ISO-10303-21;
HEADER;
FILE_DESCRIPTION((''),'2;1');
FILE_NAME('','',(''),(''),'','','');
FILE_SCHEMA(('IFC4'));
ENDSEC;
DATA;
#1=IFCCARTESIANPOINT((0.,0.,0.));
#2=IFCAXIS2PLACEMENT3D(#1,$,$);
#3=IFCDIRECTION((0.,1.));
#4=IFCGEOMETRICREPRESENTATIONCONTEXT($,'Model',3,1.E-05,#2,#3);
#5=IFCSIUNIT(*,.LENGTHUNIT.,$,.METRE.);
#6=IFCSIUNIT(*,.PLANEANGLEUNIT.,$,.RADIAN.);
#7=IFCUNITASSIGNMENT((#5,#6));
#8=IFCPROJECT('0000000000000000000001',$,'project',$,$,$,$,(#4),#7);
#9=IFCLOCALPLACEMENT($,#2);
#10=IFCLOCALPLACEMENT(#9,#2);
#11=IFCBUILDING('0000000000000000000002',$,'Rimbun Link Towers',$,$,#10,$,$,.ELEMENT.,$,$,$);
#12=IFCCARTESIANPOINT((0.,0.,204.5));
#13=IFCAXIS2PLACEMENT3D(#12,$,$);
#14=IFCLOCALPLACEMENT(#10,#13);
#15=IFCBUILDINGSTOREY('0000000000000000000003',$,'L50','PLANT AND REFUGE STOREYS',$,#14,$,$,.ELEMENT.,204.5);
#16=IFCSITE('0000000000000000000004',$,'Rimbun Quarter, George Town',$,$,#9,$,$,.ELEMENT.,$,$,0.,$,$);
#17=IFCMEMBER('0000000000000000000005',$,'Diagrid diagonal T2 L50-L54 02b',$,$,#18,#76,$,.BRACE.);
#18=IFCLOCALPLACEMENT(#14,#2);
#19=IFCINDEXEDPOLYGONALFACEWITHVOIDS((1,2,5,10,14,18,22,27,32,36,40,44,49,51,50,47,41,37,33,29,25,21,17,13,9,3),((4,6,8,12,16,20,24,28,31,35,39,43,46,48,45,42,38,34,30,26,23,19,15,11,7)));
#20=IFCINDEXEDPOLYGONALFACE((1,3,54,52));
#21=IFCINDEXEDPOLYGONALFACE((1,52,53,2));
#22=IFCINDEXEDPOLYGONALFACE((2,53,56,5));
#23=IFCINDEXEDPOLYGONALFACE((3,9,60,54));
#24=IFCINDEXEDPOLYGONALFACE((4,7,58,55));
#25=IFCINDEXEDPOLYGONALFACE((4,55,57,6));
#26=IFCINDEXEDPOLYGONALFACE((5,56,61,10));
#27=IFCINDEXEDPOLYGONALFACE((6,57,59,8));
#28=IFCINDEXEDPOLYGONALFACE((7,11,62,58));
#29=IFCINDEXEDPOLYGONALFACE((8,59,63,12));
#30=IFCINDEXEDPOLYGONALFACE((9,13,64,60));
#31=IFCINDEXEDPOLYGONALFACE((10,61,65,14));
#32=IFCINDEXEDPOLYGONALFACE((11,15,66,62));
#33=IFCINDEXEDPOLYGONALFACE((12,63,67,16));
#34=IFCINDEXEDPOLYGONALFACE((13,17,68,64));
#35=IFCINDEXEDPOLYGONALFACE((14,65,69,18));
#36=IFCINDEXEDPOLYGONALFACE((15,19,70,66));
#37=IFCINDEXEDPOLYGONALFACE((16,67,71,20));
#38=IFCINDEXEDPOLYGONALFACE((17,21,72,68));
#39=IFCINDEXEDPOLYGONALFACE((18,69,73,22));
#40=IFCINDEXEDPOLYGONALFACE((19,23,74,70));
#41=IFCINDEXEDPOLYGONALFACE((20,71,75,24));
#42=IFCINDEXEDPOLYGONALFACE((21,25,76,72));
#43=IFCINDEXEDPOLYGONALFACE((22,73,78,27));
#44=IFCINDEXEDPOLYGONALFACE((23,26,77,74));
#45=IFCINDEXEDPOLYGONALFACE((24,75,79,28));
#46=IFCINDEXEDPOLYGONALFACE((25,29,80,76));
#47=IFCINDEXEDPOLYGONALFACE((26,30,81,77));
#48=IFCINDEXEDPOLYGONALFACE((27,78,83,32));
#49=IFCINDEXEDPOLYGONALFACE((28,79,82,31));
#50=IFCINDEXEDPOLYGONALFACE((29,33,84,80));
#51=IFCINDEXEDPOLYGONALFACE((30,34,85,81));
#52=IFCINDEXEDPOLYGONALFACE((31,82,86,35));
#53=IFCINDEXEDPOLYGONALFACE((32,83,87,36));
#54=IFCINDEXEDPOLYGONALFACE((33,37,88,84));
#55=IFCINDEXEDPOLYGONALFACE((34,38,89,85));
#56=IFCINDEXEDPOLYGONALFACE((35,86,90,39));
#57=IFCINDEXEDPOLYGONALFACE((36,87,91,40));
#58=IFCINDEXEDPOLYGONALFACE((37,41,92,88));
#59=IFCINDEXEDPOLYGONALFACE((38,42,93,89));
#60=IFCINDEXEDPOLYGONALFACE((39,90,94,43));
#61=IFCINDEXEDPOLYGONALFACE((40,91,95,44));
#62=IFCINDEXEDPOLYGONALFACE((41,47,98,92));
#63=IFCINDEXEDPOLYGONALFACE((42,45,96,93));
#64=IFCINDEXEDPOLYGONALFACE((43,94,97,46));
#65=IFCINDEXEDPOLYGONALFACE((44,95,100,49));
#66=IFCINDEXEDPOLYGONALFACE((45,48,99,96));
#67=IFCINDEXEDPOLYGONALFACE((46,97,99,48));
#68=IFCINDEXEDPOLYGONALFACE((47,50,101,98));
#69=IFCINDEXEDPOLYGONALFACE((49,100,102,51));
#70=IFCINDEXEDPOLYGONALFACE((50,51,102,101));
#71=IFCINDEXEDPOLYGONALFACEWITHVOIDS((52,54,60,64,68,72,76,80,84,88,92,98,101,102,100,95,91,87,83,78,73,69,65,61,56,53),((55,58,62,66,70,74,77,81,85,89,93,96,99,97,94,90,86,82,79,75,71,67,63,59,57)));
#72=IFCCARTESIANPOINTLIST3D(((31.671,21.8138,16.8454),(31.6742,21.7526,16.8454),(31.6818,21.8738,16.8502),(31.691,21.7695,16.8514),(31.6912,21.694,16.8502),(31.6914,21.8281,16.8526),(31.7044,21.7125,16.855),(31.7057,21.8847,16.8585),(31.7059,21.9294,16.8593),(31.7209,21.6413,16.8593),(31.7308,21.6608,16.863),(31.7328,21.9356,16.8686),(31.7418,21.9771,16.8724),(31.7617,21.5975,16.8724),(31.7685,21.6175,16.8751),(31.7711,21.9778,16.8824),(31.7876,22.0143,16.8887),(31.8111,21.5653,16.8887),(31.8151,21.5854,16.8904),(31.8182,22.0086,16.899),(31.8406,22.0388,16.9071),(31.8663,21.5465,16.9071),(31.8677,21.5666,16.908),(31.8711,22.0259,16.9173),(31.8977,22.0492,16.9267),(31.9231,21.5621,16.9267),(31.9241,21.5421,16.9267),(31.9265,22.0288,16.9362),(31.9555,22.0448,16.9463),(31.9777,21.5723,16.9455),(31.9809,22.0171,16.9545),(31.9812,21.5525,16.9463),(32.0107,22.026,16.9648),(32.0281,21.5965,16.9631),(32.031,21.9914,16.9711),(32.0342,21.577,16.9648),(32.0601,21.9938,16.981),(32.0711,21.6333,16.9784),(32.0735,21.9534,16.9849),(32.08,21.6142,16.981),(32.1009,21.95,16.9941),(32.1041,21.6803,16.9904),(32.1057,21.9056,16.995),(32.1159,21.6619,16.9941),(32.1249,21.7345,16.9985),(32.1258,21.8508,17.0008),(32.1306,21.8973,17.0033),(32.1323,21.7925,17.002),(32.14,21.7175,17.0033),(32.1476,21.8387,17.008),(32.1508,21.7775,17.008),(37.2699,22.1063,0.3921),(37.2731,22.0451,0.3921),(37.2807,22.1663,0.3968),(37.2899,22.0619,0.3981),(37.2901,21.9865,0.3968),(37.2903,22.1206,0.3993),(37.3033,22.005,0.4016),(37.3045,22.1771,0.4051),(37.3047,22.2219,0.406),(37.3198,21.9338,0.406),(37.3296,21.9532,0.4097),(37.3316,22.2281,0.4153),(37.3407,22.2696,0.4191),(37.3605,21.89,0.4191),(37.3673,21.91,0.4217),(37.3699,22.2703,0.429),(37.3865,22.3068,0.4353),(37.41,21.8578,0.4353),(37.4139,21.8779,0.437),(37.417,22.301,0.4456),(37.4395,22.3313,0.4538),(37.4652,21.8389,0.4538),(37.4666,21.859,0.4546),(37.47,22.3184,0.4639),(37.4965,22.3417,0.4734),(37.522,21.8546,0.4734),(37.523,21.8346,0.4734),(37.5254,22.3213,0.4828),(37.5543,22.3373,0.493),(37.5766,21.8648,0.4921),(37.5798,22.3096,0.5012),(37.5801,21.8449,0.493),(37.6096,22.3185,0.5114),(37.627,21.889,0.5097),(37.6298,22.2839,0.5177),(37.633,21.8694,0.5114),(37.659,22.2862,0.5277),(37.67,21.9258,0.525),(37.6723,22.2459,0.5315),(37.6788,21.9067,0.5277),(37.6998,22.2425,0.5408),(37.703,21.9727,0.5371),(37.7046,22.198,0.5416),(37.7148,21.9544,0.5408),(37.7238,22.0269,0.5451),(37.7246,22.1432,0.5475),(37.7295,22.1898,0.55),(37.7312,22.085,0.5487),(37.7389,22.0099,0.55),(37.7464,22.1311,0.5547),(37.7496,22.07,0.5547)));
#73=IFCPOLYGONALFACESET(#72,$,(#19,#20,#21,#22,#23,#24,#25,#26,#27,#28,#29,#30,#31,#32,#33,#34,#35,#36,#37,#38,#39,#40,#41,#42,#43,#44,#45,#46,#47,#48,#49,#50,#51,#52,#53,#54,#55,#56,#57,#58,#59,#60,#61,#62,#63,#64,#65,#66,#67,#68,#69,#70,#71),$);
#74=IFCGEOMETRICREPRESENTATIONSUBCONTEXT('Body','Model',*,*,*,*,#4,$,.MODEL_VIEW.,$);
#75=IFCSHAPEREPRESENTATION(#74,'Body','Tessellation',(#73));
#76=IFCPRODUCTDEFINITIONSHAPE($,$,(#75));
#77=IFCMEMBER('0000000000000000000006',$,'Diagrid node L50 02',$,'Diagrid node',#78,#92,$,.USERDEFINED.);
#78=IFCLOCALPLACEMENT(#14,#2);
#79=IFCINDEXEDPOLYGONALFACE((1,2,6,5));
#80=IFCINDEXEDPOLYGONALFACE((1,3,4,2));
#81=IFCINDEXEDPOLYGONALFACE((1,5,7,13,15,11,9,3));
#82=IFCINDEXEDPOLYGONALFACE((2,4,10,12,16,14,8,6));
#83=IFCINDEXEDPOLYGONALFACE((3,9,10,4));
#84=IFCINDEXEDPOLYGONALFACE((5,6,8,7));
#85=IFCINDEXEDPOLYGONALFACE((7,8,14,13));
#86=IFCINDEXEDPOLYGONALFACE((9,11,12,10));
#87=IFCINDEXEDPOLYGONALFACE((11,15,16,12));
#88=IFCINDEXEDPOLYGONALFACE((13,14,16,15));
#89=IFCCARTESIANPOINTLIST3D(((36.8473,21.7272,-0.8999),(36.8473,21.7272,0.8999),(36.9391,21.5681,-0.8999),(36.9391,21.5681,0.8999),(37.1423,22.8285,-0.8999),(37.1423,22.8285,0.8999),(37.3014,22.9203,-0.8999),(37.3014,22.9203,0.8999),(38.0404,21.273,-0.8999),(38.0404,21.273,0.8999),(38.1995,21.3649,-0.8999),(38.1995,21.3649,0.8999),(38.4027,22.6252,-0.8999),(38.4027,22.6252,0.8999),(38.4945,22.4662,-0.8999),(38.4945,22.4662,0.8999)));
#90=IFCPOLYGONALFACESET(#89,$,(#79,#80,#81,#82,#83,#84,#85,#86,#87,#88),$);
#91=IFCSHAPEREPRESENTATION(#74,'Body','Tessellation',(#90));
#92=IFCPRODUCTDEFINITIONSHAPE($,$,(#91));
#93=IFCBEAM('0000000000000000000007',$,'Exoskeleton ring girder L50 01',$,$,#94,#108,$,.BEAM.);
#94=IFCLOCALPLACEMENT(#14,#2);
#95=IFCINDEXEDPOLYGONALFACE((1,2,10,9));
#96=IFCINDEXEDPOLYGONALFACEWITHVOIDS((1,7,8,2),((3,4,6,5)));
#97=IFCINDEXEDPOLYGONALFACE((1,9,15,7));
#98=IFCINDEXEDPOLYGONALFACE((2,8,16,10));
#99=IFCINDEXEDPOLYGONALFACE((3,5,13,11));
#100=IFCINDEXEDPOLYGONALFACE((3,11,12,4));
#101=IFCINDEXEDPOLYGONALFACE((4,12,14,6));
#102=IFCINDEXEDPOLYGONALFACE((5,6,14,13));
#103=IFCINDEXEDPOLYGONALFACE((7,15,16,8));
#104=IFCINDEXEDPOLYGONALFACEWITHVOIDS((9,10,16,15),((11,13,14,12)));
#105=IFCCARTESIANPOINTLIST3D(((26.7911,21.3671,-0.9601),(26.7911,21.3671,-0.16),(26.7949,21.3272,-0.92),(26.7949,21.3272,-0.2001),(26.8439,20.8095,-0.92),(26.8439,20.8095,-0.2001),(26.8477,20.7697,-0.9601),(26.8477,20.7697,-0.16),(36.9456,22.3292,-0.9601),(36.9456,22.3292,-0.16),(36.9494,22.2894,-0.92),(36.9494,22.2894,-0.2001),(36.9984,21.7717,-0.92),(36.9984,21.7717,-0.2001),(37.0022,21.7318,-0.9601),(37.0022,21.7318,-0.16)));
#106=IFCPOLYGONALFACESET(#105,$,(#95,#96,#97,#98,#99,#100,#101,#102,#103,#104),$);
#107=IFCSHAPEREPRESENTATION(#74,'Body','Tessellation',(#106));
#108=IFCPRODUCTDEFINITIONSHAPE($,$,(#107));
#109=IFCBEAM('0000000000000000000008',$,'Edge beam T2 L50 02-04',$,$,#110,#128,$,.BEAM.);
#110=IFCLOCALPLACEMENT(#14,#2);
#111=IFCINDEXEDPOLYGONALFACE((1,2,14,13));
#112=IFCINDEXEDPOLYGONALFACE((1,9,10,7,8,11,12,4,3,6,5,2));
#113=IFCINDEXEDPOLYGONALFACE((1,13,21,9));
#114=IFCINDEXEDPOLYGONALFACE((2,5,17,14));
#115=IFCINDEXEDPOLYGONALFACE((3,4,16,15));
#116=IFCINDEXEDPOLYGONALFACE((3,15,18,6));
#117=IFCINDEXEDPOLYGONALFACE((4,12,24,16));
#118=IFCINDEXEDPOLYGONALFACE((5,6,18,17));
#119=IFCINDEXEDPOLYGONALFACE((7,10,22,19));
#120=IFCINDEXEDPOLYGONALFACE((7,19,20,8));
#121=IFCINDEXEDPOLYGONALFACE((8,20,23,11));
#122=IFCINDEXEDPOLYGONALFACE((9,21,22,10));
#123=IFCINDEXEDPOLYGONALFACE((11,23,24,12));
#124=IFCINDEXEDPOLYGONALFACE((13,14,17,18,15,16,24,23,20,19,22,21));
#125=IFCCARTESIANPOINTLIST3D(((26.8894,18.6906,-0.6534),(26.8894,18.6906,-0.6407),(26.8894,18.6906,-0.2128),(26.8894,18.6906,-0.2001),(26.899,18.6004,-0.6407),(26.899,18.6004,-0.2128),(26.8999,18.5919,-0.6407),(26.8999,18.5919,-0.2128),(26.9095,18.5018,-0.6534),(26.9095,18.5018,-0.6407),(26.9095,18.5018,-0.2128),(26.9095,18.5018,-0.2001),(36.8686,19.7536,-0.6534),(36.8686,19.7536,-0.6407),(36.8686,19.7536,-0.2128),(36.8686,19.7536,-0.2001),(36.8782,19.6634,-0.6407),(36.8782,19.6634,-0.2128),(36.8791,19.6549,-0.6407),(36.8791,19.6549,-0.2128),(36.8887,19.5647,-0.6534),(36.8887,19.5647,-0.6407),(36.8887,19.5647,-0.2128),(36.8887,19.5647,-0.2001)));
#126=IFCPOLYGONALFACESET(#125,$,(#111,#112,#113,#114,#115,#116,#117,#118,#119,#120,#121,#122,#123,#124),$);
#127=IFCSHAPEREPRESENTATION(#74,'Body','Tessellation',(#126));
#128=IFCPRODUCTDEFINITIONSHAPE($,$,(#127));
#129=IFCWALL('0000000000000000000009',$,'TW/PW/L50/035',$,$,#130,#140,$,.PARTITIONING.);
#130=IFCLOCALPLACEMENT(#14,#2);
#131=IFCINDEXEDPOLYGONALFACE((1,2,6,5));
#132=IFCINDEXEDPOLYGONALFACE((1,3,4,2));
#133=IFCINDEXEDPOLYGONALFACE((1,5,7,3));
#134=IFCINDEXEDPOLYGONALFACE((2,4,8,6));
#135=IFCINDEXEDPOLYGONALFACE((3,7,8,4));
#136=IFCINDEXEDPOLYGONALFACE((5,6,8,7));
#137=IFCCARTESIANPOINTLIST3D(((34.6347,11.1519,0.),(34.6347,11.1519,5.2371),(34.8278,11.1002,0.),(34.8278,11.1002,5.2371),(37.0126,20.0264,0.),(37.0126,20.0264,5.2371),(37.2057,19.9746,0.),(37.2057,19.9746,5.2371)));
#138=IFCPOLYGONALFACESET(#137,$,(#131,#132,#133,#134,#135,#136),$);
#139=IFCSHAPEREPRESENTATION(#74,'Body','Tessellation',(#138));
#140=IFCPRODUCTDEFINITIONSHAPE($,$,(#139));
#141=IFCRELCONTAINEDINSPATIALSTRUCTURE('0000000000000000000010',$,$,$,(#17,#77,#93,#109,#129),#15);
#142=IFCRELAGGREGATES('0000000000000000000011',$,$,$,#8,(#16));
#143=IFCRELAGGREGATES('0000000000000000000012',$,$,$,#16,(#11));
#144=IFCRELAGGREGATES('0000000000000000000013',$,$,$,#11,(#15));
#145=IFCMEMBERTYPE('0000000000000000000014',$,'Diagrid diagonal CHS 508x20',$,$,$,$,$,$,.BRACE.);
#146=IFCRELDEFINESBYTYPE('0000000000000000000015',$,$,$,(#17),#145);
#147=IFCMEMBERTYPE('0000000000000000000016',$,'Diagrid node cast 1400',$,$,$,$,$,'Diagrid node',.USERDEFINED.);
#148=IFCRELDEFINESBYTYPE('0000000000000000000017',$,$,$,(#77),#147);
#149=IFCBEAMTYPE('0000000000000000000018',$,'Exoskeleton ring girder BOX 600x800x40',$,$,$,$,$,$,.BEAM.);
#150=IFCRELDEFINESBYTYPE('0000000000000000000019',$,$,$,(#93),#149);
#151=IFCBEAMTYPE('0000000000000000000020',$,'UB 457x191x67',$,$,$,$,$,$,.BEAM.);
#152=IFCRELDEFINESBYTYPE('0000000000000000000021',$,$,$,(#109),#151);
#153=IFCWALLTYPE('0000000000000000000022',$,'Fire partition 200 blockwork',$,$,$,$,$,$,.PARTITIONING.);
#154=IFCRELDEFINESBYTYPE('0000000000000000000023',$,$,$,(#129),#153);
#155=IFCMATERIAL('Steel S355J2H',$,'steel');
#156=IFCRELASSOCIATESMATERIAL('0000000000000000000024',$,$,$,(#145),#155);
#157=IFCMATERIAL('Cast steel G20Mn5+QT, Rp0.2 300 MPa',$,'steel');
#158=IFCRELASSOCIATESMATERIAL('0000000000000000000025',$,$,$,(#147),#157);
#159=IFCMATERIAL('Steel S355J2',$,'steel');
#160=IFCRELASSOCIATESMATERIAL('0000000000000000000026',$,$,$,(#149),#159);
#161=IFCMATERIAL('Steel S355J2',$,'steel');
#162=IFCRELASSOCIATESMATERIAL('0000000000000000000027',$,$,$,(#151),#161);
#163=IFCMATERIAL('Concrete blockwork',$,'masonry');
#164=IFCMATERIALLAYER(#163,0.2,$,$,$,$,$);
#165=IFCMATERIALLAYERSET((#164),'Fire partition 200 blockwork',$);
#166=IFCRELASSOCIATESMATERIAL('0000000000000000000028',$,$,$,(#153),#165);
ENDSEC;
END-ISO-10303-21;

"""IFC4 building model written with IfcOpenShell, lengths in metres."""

from ifc_helpers import new_model, si_unit, direction, frame, frame_2d, origin, origin_2d, place, context, subcontext, project, spatial, polyline, rectangle, hollow_rectangle, hollow_circle, i_section, outline, extrude, material, layer, layer_set, material_profile, profile_set, type_object, element, save


model = new_model("IFC4")

# Units and contexts
model_context = context("Model", 3, precision=1e-05, world=origin(), true_north=direction((0.0, 1.0)))
body_context = subcontext(model_context, "Body", "Model", "MODEL_VIEW")
ifc_project = project(units=[si_unit("LENGTHUNIT", "METRE"), si_unit("PLANEANGLEUNIT", "RADIAN")], contexts=[model_context])

# Site, building, storey
site_placement = place(None, origin())
site = spatial("IfcSite", under=ifc_project, at=site_placement, Name="Rimbun Quarter, George Town", CompositionType="ELEMENT", RefElevation=0.0)
building_placement = place(site_placement, origin())
building = spatial("IfcBuilding", under=site, at=building_placement, Name="Rimbun Link Towers", CompositionType="ELEMENT")
storey_placement = place(building_placement, frame((0.0, 0.0, 204.5)))
storey = spatial("IfcBuildingStorey", under=building, at=storey_placement, Name="L50", Description="PLANT AND REFUGE STOREYS", CompositionType="ELEMENT", Elevation=204.5)

# Members
ifc_material_1 = material(Name="Steel S355J2H", Category="steel")
ifc_material_profile_1 = material_profile(ifc_material_1, hollow_circle(Radius=0.2539, WallThickness=0.02, at=origin_2d()), Name="Diagrid diagonal CHS 508x20")
ifc_profile_set_1 = profile_set([ifc_material_profile_1], Name="Steel S355J2H")
member_type_1 = type_object("IfcMemberType", Name="Diagrid diagonal CHS 508x20", PredefinedType="BRACE", material=ifc_profile_set_1)
member_1_placement = place(storey_placement, frame((37.5098, 22.0881, 0.4734), z_axis=(-0.322101, -0.016826, 0.946556), x_axis=(0.052168, -0.998638, 0.0)))
element("IfcMember", 1, at=member_1_placement, inside=storey, type_object=member_type_1, Name="Diagrid diagonal T2 L50-L54 02b", PredefinedType="BRACE", context=body_context, shape_type="SweptSolid", body=[
    extrude(hollow_circle(Radius=0.2539, WallThickness=0.02, at=origin_2d()), origin(), (0.0, 0.0, 1.0), 17.3823),
])
ifc_material_2 = material(Name="Cast steel G20Mn5+QT, Rp0.2 300 MPa", Category="steel")
ifc_material_profile_2 = material_profile(ifc_material_2, outline(polyline([(0.7, -0.5701), (0.7, 0.5701), (0.5701, 0.7), (-0.5701, 0.7), (-0.7, 0.5701), (-0.7, -0.5701), (-0.5701, -0.7), (0.5701, -0.7), (0.7, -0.5701)])), Name="NODE 1400x1400")
ifc_profile_set_2 = profile_set([ifc_material_profile_2], Name="Cast steel G20Mn5+QT, Rp0.2 300 MPa")
member_type_2 = type_object("IfcMemberType", Name="Diagrid node cast 1400", ElementType="Diagrid node", PredefinedType="USERDEFINED", material=ifc_profile_set_2)
member_2_placement = place(storey_placement, frame((37.6709, 22.0967, -0.8999), z_axis=(0.0, 0.0, 1.0), x_axis=(0.258819, 0.965926, 0.0)))
element("IfcMember", 2, at=member_2_placement, inside=storey, type_object=member_type_2, Name="Diagrid node L50 02", ObjectType="Diagrid node", PredefinedType="USERDEFINED", context=body_context, shape_type="SweptSolid", body=[
    extrude(outline(polyline([(0.7, -0.5701), (0.7, 0.5701), (0.5701, 0.7), (-0.5701, 0.7), (-0.7, 0.5701), (-0.7, -0.5701), (-0.5701, -0.7), (0.5701, -0.7), (0.7, -0.5701)])), origin(), (0.0, 0.0, 1.0), 1.7998),
])

# Beams
ifc_material_3 = material(Name="Steel S355J2", Category="steel")
ifc_material_profile_3 = material_profile(ifc_material_3, hollow_rectangle(XDim=0.6001, YDim=0.8, WallThickness=0.04, at=origin_2d()), Name="Exoskeleton ring girder BOX 600x800x40")
ifc_profile_set_3 = profile_set([ifc_material_profile_3], Name="Steel S355J2")
beam_type_1 = type_object("IfcBeamType", Name="Exoskeleton ring girder BOX 600x800x40", PredefinedType="BEAM", material=ifc_profile_set_3)
beam_1_placement = place(storey_placement, frame((36.9739, 22.0305, -0.5601), z_axis=(-0.995541, -0.094329, 0.0), x_axis=(0.094329, -0.995541, 0.0)))
element("IfcBeam", 3, at=beam_1_placement, inside=storey, type_object=beam_type_1, Name="Exoskeleton ring girder L50 01", PredefinedType="BEAM", context=body_context, shape_type="SweptSolid", body=[
    extrude(hollow_rectangle(XDim=0.6001, YDim=0.8, WallThickness=0.04, at=origin_2d()), origin(), (0.0, 0.0, 1.0), 10.2),
])
ifc_material_4 = material(Name="Steel S355J2", Category="steel")
ifc_material_profile_4 = material_profile(ifc_material_4, i_section(OverallWidth=0.1899, OverallDepth=0.4534, WebThickness=0.0085, FlangeThickness=0.0127, at=origin_2d()), Name="UB 457x191x67")
ifc_profile_set_4 = profile_set([ifc_material_profile_4], Name="Steel S355J2")
beam_type_2 = type_object("IfcBeamType", Name="UB 457x191x67", PredefinedType="BEAM", material=ifc_profile_set_4)
beam_2_placement = place(storey_placement, frame((36.8787, 19.6592, -0.4268), z_axis=(-0.994375, -0.105921, 0.0), x_axis=(0.105921, -0.994375, 0.0)))
element("IfcBeam", 4, at=beam_2_placement, inside=storey, type_object=beam_type_2, Name="Edge beam T2 L50 02-04", PredefinedType="BEAM", context=body_context, shape_type="SweptSolid", body=[
    extrude(i_section(OverallWidth=0.1899, OverallDepth=0.4534, WebThickness=0.0085, FlangeThickness=0.0127, at=origin_2d()), origin(), (0.0, 0.0, 1.0), 10.0356),
])

# Wall
ifc_material_5 = material(Name="Concrete blockwork", Category="masonry")
ifc_layer = layer(ifc_material_5, 0.2)
ifc_layer_set = layer_set([ifc_layer], Name="Fire partition 200 blockwork")
wall_type = type_object("IfcWallType", Name="Fire partition 200 blockwork", PredefinedType="PARTITIONING", material=ifc_layer_set)
wall_placement = place(storey_placement, frame((37.1091, 20.0005, 0.0), z_axis=(0.0, 0.0, 1.0), x_axis=(-0.25882, -0.965926, 0.0)))
element("IfcWall", 5, at=wall_placement, inside=storey, type_object=wall_type, Name="TW/PW/L50/035", PredefinedType="PARTITIONING", context=body_context, shape_type="SweptSolid", body=[
    extrude(rectangle(XDim=9.1875, YDim=0.2, at=frame_2d((4.5938, 0.0))), origin(), (0.0, 0.0, 1.0), 5.2371),
])

save(model, "model.ifc")
